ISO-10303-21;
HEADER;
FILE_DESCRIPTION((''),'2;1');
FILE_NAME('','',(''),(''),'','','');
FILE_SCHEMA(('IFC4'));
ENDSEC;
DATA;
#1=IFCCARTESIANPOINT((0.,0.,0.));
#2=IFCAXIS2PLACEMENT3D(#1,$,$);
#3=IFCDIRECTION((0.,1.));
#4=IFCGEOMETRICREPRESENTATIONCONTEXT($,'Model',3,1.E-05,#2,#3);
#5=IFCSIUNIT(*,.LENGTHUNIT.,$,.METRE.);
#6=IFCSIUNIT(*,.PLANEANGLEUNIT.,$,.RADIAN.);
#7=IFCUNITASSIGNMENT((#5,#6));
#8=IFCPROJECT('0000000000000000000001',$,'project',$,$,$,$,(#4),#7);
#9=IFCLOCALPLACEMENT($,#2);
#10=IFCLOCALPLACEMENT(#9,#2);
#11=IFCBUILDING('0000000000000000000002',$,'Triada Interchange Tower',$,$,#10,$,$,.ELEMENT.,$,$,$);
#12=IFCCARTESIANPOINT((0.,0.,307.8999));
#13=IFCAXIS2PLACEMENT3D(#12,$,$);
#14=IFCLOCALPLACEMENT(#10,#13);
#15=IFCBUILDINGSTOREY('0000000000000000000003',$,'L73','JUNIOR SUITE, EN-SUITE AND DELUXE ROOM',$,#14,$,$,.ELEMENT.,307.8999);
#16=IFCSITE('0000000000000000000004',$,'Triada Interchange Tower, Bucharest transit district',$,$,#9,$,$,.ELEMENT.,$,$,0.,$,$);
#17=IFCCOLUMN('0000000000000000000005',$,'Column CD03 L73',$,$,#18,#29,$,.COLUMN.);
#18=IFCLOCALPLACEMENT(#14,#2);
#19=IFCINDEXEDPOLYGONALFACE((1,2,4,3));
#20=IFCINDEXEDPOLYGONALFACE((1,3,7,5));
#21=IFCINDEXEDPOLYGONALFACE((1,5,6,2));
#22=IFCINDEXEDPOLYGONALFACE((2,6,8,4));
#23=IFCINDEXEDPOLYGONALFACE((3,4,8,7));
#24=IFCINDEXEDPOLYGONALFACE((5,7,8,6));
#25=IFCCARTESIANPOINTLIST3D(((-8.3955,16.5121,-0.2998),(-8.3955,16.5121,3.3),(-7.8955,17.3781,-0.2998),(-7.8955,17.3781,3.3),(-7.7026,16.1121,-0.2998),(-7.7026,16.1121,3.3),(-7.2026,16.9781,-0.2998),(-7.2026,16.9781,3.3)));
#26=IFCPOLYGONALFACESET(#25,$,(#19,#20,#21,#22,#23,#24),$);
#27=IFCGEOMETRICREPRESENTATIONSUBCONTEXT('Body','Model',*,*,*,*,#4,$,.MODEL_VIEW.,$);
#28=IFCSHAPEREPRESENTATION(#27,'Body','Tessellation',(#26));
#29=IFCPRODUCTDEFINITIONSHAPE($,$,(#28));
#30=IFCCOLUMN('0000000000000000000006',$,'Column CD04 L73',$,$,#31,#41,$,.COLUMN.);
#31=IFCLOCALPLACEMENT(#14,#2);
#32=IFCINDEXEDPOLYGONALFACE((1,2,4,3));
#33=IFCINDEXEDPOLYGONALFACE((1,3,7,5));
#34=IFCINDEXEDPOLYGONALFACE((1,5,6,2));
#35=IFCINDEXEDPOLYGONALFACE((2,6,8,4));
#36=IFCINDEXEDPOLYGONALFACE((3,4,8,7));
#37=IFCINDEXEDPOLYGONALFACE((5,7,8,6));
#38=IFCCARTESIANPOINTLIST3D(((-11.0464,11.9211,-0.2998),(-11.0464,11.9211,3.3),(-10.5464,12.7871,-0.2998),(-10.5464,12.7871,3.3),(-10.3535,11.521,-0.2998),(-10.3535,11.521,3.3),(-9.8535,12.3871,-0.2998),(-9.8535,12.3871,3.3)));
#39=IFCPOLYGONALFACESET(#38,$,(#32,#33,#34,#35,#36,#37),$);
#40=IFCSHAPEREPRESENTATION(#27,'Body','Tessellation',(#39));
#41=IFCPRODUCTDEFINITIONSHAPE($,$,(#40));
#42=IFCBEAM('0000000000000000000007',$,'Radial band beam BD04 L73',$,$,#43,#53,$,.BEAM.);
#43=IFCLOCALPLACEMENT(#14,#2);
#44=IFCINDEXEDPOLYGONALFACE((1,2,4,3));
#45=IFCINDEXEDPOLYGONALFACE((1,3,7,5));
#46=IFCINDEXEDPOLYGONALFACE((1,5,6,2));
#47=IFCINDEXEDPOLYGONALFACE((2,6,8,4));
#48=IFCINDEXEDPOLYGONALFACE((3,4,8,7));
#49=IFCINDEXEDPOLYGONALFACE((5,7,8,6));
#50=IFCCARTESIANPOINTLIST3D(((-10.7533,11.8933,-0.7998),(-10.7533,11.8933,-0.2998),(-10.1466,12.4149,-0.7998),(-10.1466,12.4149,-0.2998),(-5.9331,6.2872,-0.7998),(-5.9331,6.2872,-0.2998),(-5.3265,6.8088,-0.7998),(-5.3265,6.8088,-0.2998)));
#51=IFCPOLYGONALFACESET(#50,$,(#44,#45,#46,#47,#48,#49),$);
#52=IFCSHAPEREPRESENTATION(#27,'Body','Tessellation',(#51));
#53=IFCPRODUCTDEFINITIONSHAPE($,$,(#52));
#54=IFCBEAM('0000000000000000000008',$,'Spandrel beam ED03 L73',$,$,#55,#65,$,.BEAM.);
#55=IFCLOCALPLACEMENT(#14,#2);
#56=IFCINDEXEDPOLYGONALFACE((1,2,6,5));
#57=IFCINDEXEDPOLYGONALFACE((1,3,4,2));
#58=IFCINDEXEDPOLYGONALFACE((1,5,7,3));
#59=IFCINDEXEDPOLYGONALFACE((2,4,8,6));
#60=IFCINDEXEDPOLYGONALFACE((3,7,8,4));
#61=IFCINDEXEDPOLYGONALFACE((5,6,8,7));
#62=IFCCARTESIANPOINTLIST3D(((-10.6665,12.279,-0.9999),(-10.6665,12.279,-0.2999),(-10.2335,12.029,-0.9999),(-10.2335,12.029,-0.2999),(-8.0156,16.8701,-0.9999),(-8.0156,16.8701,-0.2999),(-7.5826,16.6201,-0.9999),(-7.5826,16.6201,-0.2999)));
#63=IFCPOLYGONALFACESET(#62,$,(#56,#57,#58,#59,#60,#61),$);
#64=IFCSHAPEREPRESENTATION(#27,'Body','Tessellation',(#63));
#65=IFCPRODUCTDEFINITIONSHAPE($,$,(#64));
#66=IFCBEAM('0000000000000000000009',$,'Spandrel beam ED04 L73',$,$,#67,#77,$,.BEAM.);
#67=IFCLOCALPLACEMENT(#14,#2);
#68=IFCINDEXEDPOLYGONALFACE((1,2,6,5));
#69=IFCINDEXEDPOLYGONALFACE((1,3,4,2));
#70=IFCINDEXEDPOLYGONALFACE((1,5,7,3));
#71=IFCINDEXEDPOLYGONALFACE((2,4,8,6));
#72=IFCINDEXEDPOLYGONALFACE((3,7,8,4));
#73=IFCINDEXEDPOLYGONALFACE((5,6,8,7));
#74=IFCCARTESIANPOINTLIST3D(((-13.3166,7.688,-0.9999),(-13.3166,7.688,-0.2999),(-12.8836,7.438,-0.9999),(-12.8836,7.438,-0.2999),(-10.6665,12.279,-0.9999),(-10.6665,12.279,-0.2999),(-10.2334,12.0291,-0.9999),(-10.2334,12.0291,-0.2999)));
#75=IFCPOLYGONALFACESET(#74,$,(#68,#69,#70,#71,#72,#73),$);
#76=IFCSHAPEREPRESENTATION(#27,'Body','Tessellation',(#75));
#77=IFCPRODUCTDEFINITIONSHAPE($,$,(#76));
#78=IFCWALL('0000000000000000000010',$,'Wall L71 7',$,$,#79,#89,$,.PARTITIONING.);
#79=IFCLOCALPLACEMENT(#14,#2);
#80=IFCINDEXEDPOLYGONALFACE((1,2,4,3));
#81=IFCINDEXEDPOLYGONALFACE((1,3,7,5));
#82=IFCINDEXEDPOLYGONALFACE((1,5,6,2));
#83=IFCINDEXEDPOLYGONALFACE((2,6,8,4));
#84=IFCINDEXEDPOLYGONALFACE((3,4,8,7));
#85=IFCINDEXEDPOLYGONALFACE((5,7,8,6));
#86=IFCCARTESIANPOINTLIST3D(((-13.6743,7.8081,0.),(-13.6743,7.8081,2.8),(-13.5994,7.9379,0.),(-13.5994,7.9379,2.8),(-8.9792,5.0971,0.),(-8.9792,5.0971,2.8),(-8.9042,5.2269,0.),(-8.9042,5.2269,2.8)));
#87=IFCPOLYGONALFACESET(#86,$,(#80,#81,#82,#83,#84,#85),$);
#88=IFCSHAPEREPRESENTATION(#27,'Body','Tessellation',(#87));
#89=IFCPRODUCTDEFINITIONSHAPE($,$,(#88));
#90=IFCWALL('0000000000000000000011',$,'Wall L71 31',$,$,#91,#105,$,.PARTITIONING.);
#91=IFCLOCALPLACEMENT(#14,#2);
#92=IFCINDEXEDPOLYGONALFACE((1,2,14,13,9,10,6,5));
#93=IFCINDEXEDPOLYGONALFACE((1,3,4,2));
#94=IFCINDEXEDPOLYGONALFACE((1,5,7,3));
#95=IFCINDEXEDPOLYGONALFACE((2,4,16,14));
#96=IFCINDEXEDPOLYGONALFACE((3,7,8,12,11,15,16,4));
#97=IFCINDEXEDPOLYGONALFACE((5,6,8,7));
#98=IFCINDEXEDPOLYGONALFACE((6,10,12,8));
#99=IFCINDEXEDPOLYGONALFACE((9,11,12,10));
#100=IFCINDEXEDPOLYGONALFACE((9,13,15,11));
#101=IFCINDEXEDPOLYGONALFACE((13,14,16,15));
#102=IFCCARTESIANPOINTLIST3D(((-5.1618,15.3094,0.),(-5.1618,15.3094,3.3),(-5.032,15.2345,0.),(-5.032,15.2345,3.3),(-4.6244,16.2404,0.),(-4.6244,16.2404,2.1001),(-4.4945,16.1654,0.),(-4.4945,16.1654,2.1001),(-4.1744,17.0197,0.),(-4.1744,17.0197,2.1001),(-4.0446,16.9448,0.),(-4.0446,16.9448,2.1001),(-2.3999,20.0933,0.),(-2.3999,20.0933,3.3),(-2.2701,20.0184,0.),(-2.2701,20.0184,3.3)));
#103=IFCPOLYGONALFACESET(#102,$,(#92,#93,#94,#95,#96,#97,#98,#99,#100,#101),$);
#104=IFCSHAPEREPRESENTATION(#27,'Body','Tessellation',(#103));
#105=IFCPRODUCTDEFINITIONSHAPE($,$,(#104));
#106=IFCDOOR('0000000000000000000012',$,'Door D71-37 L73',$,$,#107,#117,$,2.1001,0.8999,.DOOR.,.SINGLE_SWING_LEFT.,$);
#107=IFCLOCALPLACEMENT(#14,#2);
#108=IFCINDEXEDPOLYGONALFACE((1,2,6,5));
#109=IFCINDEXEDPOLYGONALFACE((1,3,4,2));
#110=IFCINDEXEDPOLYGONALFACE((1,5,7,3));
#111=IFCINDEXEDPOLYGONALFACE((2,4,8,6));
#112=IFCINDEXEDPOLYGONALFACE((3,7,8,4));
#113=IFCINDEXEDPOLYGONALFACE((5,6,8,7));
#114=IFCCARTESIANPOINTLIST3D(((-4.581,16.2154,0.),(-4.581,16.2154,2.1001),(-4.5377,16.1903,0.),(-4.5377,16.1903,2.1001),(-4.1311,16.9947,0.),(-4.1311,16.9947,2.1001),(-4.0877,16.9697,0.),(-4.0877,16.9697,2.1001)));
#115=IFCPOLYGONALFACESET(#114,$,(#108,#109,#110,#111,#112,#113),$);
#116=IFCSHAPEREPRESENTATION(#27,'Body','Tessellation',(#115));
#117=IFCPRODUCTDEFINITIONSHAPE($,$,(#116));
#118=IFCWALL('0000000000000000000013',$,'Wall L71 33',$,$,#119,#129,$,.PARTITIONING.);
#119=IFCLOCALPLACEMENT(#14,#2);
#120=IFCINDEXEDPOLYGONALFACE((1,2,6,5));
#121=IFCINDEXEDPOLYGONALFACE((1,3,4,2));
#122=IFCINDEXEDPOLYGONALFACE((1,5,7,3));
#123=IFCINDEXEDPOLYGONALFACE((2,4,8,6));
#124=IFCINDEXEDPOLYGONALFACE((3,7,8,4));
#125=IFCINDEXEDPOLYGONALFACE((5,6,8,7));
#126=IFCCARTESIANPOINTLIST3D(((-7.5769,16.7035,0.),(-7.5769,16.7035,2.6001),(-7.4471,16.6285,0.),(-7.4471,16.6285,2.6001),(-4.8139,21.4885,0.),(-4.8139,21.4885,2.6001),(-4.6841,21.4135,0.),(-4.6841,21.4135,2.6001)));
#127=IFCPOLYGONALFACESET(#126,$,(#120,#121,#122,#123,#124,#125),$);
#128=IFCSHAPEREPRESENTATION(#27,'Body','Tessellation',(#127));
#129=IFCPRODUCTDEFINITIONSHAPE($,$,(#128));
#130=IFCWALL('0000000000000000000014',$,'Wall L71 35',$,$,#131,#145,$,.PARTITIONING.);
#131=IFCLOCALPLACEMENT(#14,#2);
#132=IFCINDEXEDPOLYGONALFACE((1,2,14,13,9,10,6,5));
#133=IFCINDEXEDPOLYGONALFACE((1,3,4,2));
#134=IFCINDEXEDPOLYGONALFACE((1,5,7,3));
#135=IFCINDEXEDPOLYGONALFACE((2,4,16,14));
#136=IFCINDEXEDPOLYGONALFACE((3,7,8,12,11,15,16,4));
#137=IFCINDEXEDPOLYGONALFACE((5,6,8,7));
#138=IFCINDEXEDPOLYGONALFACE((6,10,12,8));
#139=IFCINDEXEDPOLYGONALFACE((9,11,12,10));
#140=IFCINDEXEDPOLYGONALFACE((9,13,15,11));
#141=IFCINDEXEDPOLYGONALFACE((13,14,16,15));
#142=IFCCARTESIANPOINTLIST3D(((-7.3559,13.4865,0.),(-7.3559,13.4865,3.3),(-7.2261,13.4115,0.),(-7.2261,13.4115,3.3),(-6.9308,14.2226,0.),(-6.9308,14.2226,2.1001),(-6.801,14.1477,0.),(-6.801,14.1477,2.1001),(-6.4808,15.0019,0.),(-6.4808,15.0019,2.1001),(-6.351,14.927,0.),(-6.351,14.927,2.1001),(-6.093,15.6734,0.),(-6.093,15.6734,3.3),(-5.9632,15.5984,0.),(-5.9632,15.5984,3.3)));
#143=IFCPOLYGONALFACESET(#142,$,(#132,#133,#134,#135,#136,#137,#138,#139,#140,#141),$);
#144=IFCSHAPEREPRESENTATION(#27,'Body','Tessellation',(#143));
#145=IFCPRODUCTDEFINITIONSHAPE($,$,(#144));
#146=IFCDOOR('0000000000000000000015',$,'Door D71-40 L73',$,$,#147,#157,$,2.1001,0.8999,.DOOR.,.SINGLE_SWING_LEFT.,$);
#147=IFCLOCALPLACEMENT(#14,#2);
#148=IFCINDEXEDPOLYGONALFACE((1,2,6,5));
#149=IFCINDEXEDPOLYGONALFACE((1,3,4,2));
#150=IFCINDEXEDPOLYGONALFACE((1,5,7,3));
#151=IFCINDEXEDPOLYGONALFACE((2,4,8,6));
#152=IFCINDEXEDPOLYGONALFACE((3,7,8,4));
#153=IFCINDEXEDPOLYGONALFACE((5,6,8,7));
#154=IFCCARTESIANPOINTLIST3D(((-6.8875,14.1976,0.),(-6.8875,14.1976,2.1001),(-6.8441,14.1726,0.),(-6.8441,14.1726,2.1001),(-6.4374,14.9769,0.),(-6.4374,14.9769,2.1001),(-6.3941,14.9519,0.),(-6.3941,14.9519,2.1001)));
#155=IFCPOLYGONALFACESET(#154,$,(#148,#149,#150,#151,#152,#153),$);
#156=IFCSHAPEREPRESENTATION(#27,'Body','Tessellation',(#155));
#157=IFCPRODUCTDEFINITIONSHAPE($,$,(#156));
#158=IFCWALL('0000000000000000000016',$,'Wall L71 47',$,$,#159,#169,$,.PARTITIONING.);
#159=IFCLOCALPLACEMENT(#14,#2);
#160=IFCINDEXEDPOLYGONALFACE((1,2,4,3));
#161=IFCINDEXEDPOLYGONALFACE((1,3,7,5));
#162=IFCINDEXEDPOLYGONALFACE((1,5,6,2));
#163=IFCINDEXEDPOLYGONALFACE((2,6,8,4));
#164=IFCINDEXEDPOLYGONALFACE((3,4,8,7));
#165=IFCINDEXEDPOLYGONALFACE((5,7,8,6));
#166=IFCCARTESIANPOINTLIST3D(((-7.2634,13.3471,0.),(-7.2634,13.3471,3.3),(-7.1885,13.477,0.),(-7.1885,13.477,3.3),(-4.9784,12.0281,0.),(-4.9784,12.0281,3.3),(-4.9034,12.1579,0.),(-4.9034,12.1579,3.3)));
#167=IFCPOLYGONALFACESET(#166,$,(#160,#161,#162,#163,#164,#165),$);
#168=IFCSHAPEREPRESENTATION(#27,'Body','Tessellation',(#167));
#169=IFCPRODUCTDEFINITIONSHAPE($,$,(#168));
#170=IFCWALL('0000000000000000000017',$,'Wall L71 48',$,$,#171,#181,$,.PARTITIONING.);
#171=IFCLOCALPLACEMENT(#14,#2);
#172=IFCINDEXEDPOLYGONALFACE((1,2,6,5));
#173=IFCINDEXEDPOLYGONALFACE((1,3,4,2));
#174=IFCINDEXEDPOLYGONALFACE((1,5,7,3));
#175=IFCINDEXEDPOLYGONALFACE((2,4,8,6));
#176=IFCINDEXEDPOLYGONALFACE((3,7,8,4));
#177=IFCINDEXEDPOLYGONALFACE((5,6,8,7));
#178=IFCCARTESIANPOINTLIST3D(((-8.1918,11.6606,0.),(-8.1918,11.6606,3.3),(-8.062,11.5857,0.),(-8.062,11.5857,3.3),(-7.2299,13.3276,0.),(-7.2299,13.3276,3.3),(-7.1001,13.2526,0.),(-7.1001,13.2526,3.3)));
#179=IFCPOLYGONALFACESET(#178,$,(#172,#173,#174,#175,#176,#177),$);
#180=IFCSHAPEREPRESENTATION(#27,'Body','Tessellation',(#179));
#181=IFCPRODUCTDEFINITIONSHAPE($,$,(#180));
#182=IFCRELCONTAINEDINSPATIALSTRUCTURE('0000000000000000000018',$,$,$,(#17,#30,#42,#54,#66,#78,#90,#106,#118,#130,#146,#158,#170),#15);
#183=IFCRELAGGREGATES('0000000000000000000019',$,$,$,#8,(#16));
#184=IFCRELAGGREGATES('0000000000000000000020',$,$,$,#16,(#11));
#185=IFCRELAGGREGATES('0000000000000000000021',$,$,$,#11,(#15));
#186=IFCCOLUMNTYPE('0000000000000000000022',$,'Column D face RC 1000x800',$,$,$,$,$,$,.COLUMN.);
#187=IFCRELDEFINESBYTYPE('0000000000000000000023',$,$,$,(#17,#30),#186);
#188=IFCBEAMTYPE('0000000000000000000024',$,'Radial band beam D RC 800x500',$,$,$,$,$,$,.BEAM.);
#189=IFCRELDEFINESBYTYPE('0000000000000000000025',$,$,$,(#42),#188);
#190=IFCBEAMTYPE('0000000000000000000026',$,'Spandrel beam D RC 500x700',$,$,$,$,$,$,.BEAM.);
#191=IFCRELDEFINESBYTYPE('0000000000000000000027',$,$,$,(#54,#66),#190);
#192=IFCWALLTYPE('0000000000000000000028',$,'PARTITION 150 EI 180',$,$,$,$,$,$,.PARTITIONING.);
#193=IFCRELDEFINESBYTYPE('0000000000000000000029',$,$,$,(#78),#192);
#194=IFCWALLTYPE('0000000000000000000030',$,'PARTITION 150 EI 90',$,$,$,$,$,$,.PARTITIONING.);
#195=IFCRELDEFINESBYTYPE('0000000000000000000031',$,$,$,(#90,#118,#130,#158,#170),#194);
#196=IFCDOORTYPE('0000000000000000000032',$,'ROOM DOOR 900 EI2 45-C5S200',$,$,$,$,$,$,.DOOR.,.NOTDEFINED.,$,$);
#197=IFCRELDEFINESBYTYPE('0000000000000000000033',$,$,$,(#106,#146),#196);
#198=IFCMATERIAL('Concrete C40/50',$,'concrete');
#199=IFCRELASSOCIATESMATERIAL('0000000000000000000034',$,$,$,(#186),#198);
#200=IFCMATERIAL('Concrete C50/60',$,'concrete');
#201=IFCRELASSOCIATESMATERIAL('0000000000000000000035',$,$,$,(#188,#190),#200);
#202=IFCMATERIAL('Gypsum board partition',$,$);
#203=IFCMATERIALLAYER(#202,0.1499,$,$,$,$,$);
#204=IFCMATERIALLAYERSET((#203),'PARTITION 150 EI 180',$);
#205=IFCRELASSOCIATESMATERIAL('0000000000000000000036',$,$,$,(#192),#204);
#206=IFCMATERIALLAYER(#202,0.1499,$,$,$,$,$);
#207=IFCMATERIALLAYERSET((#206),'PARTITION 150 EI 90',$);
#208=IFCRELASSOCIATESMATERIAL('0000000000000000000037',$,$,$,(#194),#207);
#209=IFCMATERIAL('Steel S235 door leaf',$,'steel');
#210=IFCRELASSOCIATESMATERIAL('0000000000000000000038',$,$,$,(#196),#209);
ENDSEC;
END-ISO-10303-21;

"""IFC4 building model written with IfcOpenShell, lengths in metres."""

from ifc_helpers import new_model, si_unit, direction, frame, frame_2d, origin, origin_2d, place, context, subcontext, project, spatial, rectangle, extrude, material, layer, layer_set, material_profile, profile_set, type_object, element, fill, save


model = new_model("IFC4")

# Units and contexts
model_context = context("Model", 3, precision=1e-05, world=origin(), true_north=direction((0.0, 1.0)))
body_context = subcontext(model_context, "Body", "Model", "MODEL_VIEW")
ifc_project = project(units=[si_unit("LENGTHUNIT", "METRE"), si_unit("PLANEANGLEUNIT", "RADIAN")], contexts=[model_context])

# Site, building, storey
site_placement = place(None, origin())
site = spatial("IfcSite", under=ifc_project, at=site_placement, Name="Triada Interchange Tower, Bucharest transit district", CompositionType="ELEMENT", RefElevation=0.0)
building_placement = place(site_placement, origin())
building = spatial("IfcBuilding", under=site, at=building_placement, Name="Triada Interchange Tower", CompositionType="ELEMENT")
storey_placement = place(building_placement, frame((0.0, 0.0, 307.8999)))
storey = spatial("IfcBuildingStorey", under=building, at=storey_placement, Name="L73", Description="JUNIOR SUITE, EN-SUITE AND DELUXE ROOM", CompositionType="ELEMENT", Elevation=307.8999)

# Columns
ifc_material_1 = material(Name="Concrete C40/50", Category="concrete")
ifc_material_profile_1 = material_profile(ifc_material_1, rectangle(XDim=1.0, YDim=0.8, at=origin_2d()), Name="RC 1000x800")
ifc_profile_set_1 = profile_set([ifc_material_profile_1], Name="Concrete C40/50")
column_type = type_object("IfcColumnType", Name="Column D face RC 1000x800", PredefinedType="COLUMN", material=ifc_profile_set_1)
for number, where, z_axis, x_axis, name in (
    (1, (-7.7991, 16.7451, -0.2998), (0.0, 0.0, 1.0), (0.5, 0.866025, 0.0), "Column CD03 L73"),
    (2, (-10.45, 12.1541, -0.2998), (0.0, 0.0, 1.0), (0.5, 0.866025, 0.0), "Column CD04 L73"),
):
    element("IfcColumn", number, at=place(storey_placement, frame(where, z_axis=z_axis, x_axis=x_axis)), inside=storey, type_object=column_type, Name=name, PredefinedType="COLUMN", context=body_context, shape_type="SweptSolid", body=[
        extrude(rectangle(XDim=1.0, YDim=0.8, at=origin_2d()), origin(), (0.0, 0.0, 1.0), 3.5999),
    ])

# Beams
ifc_material_2 = material(Name="Concrete C50/60", Category="concrete")
ifc_material_profile_2 = material_profile(ifc_material_2, rectangle(XDim=0.8, YDim=0.5, at=origin_2d()), Name="RC 800x500")
ifc_profile_set_2 = profile_set([ifc_material_profile_2], Name="Concrete C50/60")
beam_type_1 = type_object("IfcBeamType", Name="Radial band beam D RC 800x500", PredefinedType="BEAM", material=ifc_profile_set_2)
beam_1_placement = place(storey_placement, frame((-10.45, 12.1541, -0.5498), z_axis=(0.651957, -0.758256, 0.0), x_axis=(0.758256, 0.651957, 0.0)))
element("IfcBeam", 3, at=beam_1_placement, inside=storey, type_object=beam_type_1, Name="Radial band beam BD04 L73", PredefinedType="BEAM", context=body_context, shape_type="SweptSolid", body=[
    extrude(rectangle(XDim=0.8, YDim=0.5, at=origin_2d()), origin(), (0.0, 0.0, 1.0), 7.3933),
])
ifc_material_profile_3 = material_profile(ifc_material_2, rectangle(XDim=0.5, YDim=0.7, at=origin_2d()), Name="RC 500x700")
ifc_profile_set_3 = profile_set([ifc_material_profile_3], Name="Concrete C50/60")
beam_type_2 = type_object("IfcBeamType", Name="Spandrel beam D RC 500x700", PredefinedType="BEAM", material=ifc_profile_set_3)
beam_2_placement = place(storey_placement, frame((-7.7991, 16.7451, -0.6499), z_axis=(-0.500032, -0.866007, 0.0), x_axis=(0.866007, -0.500032, 0.0)))
element("IfcBeam", 4, at=beam_2_placement, inside=storey, type_object=beam_type_2, Name="Spandrel beam ED03 L73", PredefinedType="BEAM", context=body_context, shape_type="SweptSolid", body=[
    extrude(rectangle(XDim=0.5, YDim=0.7, at=origin_2d()), origin(), (0.0, 0.0, 1.0), 5.3015),
])
beam_3_placement = place(storey_placement, frame((-10.45, 12.1541, -0.6499), z_axis=(-0.499928, -0.866067, 0.0), x_axis=(0.866067, -0.499928, 0.0)))
element("IfcBeam", 5, at=beam_3_placement, inside=storey, type_object=beam_type_2, Name="Spandrel beam ED04 L73", PredefinedType="BEAM", context=body_context, shape_type="SweptSolid", body=[
    extrude(rectangle(XDim=0.5, YDim=0.7, at=origin_2d()), origin(), (0.0, 0.0, 1.0), 5.301),
])

# Shared definitions
ifc_material_3 = material(Name="Steel S235 door leaf", Category="steel")

# Wall
ifc_material_4 = material(Name="Gypsum board partition")
ifc_layer_1 = layer(ifc_material_4, 0.1499)
ifc_layer_set_1 = layer_set([ifc_layer_1], Name="PARTITION 150 EI 180")
wall_type_1 = type_object("IfcWallType", Name="PARTITION 150 EI 180", PredefinedType="PARTITIONING", material=ifc_layer_set_1)
wall_1_placement = place(storey_placement, frame((-13.637, 7.873, 0.0), z_axis=(0.0, 0.0, 1.0), x_axis=(0.866006, -0.500033, 0.0)))
element("IfcWall", 6, at=wall_1_placement, inside=storey, type_object=wall_type_1, Name="Wall L71 7", PredefinedType="PARTITIONING", context=body_context, shape_type="SweptSolid", body=[
    extrude(rectangle(XDim=5.4216, YDim=0.1499, at=frame_2d((2.7109, 0.0))), origin(), (0.0, 0.0, 1.0), 2.8),
])

# Wall, opening, door
ifc_layer_2 = layer(ifc_material_4, 0.1499)
ifc_layer_set_2 = layer_set([ifc_layer_2], Name="PARTITION 150 EI 90")
wall_type_2 = type_object("IfcWallType", Name="PARTITION 150 EI 90", PredefinedType="PARTITIONING", material=ifc_layer_set_2)
wall_2_placement = place(storey_placement, frame((-5.0969, 15.272, 0.0), z_axis=(0.0, 0.0, 1.0), x_axis=(0.499994, 0.866029, 0.0)))
wall_2 = element("IfcWall", 7, at=wall_2_placement, inside=storey, type_object=wall_type_2, Name="Wall L71 31", PredefinedType="PARTITIONING", context=body_context, shape_type="SweptSolid", body=[
    extrude(rectangle(XDim=5.5239, YDim=0.1499, at=frame_2d((2.762, 0.0))), origin(), (0.0, 0.0, 1.0), 3.3),
])
opening_1_placement = place(wall_2_placement, frame((1.075, 0.0, 0.0)))
opening_1 = element("IfcOpeningElement", 8, at=opening_1_placement, cuts=wall_2, PredefinedType="OPENING", context=body_context, shape_type="SweptSolid", body=[
    extrude(rectangle(XDim=0.8999, YDim=2.1001, at=frame_2d((0.45, 1.05))), frame((0.0, 0.085, 0.0), z_axis=(0.0, -1.0, 0.0), x_axis=(1.0, 0.0, 0.0)), (0.0, 0.0, 1.0), 0.1699),
])
door_type_1 = type_object("IfcDoorType", Name="ROOM DOOR 900 EI2 45-C5S200", OperationType="NOTDEFINED", PredefinedType="DOOR", material=ifc_material_3)
door_1_placement = place(opening_1_placement, origin())
door_1 = element("IfcDoor", 9, at=door_1_placement, inside=storey, type_object=door_type_1, Name="Door D71-37 L73", OperationType="SINGLE_SWING_LEFT", OverallHeight=2.1001, OverallWidth=0.8999, PredefinedType="DOOR", context=body_context, shape_type="SweptSolid", body=[
    extrude(rectangle(XDim=0.8999, YDim=2.1001, at=frame_2d((0.45, 1.05))), frame((0.0, 0.0249, 0.0), z_axis=(0.0, -1.0, 0.0), x_axis=(1.0, 0.0, 0.0)), (0.0, 0.0, 1.0), 0.05),
])
fill(opening_1, door_1)

# Wall
wall_3_placement = place(storey_placement, frame((-7.512, 16.666, 0.0), z_axis=(0.0, 0.0, 1.0), x_axis=(0.50005, 0.865996, 0.0)))
element("IfcWall", 10, at=wall_3_placement, inside=storey, type_object=wall_type_2, Name="Wall L71 33", PredefinedType="PARTITIONING", context=body_context, shape_type="SweptSolid", body=[
    extrude(rectangle(XDim=5.5254, YDim=0.1499, at=frame_2d((2.7627, 0.0))), origin(), (0.0, 0.0, 1.0), 2.6001),
])

# Wall, opening, door
wall_4_placement = place(storey_placement, frame((-7.291, 13.449, 0.0), z_axis=(0.0, 0.0, 1.0), x_axis=(0.500079, 0.86598, 0.0)))
wall_4 = element("IfcWall", 11, at=wall_4_placement, inside=storey, type_object=wall_type_2, Name="Wall L71 35", PredefinedType="PARTITIONING", context=body_context, shape_type="SweptSolid", body=[
    extrude(rectangle(XDim=2.5254, YDim=0.1499, at=frame_2d((1.2627, 0.0))), origin(), (0.0, 0.0, 1.0), 3.3),
])
opening_2_placement = place(wall_4_placement, frame((0.8501, 0.0, 0.0)))
opening_2 = element("IfcOpeningElement", 12, at=opening_2_placement, cuts=wall_4, PredefinedType="OPENING", context=body_context, shape_type="SweptSolid", body=[
    extrude(rectangle(XDim=0.8999, YDim=2.1001, at=frame_2d((0.45, 1.05))), frame((0.0, 0.085, 0.0), z_axis=(0.0, -1.0, 0.0), x_axis=(1.0, 0.0, 0.0)), (0.0, 0.0, 1.0), 0.1699),
])
door_2_placement = place(opening_2_placement, origin())
door_2 = element("IfcDoor", 13, at=door_2_placement, inside=storey, type_object=door_type_1, Name="Door D71-40 L73", OperationType="SINGLE_SWING_LEFT", OverallHeight=2.1001, OverallWidth=0.8999, PredefinedType="DOOR", context=body_context, shape_type="SweptSolid", body=[
    extrude(rectangle(XDim=0.8999, YDim=2.1001, at=frame_2d((0.45, 1.05))), frame((0.0, 0.0249, 0.0), z_axis=(0.0, -1.0, 0.0), x_axis=(1.0, 0.0, 0.0)), (0.0, 0.0, 1.0), 0.05),
])
fill(opening_2, door_2)

# Walls
wall_5_placement = place(storey_placement, frame((-7.2261, 13.4121, 0.0), z_axis=(0.0, 0.0, 1.0), x_axis=(0.866065, -0.499931, 0.0)))
element("IfcWall", 14, at=wall_5_placement, inside=storey, type_object=wall_type_2, Name="Wall L71 47", PredefinedType="PARTITIONING", context=body_context, shape_type="SweptSolid", body=[
    extrude(rectangle(XDim=2.6384, YDim=0.1499, at=frame_2d((1.3193, 0.0))), origin(), (0.0, 0.0, 1.0), 3.3),
])
wall_6_placement = place(storey_placement, frame((-8.127, 11.623, 0.0), z_axis=(0.0, 0.0, 1.0), x_axis=(0.499796, 0.866143, 0.0)))
element("IfcWall", 15, at=wall_6_placement, inside=storey, type_object=wall_type_2, Name="Wall L71 48", PredefinedType="PARTITIONING", context=body_context, shape_type="SweptSolid", body=[
    extrude(rectangle(XDim=1.9246, YDim=0.1499, at=frame_2d((0.9624, 0.0))), origin(), (0.0, 0.0, 1.0), 3.3),
])

save(model, "model.ifc")
